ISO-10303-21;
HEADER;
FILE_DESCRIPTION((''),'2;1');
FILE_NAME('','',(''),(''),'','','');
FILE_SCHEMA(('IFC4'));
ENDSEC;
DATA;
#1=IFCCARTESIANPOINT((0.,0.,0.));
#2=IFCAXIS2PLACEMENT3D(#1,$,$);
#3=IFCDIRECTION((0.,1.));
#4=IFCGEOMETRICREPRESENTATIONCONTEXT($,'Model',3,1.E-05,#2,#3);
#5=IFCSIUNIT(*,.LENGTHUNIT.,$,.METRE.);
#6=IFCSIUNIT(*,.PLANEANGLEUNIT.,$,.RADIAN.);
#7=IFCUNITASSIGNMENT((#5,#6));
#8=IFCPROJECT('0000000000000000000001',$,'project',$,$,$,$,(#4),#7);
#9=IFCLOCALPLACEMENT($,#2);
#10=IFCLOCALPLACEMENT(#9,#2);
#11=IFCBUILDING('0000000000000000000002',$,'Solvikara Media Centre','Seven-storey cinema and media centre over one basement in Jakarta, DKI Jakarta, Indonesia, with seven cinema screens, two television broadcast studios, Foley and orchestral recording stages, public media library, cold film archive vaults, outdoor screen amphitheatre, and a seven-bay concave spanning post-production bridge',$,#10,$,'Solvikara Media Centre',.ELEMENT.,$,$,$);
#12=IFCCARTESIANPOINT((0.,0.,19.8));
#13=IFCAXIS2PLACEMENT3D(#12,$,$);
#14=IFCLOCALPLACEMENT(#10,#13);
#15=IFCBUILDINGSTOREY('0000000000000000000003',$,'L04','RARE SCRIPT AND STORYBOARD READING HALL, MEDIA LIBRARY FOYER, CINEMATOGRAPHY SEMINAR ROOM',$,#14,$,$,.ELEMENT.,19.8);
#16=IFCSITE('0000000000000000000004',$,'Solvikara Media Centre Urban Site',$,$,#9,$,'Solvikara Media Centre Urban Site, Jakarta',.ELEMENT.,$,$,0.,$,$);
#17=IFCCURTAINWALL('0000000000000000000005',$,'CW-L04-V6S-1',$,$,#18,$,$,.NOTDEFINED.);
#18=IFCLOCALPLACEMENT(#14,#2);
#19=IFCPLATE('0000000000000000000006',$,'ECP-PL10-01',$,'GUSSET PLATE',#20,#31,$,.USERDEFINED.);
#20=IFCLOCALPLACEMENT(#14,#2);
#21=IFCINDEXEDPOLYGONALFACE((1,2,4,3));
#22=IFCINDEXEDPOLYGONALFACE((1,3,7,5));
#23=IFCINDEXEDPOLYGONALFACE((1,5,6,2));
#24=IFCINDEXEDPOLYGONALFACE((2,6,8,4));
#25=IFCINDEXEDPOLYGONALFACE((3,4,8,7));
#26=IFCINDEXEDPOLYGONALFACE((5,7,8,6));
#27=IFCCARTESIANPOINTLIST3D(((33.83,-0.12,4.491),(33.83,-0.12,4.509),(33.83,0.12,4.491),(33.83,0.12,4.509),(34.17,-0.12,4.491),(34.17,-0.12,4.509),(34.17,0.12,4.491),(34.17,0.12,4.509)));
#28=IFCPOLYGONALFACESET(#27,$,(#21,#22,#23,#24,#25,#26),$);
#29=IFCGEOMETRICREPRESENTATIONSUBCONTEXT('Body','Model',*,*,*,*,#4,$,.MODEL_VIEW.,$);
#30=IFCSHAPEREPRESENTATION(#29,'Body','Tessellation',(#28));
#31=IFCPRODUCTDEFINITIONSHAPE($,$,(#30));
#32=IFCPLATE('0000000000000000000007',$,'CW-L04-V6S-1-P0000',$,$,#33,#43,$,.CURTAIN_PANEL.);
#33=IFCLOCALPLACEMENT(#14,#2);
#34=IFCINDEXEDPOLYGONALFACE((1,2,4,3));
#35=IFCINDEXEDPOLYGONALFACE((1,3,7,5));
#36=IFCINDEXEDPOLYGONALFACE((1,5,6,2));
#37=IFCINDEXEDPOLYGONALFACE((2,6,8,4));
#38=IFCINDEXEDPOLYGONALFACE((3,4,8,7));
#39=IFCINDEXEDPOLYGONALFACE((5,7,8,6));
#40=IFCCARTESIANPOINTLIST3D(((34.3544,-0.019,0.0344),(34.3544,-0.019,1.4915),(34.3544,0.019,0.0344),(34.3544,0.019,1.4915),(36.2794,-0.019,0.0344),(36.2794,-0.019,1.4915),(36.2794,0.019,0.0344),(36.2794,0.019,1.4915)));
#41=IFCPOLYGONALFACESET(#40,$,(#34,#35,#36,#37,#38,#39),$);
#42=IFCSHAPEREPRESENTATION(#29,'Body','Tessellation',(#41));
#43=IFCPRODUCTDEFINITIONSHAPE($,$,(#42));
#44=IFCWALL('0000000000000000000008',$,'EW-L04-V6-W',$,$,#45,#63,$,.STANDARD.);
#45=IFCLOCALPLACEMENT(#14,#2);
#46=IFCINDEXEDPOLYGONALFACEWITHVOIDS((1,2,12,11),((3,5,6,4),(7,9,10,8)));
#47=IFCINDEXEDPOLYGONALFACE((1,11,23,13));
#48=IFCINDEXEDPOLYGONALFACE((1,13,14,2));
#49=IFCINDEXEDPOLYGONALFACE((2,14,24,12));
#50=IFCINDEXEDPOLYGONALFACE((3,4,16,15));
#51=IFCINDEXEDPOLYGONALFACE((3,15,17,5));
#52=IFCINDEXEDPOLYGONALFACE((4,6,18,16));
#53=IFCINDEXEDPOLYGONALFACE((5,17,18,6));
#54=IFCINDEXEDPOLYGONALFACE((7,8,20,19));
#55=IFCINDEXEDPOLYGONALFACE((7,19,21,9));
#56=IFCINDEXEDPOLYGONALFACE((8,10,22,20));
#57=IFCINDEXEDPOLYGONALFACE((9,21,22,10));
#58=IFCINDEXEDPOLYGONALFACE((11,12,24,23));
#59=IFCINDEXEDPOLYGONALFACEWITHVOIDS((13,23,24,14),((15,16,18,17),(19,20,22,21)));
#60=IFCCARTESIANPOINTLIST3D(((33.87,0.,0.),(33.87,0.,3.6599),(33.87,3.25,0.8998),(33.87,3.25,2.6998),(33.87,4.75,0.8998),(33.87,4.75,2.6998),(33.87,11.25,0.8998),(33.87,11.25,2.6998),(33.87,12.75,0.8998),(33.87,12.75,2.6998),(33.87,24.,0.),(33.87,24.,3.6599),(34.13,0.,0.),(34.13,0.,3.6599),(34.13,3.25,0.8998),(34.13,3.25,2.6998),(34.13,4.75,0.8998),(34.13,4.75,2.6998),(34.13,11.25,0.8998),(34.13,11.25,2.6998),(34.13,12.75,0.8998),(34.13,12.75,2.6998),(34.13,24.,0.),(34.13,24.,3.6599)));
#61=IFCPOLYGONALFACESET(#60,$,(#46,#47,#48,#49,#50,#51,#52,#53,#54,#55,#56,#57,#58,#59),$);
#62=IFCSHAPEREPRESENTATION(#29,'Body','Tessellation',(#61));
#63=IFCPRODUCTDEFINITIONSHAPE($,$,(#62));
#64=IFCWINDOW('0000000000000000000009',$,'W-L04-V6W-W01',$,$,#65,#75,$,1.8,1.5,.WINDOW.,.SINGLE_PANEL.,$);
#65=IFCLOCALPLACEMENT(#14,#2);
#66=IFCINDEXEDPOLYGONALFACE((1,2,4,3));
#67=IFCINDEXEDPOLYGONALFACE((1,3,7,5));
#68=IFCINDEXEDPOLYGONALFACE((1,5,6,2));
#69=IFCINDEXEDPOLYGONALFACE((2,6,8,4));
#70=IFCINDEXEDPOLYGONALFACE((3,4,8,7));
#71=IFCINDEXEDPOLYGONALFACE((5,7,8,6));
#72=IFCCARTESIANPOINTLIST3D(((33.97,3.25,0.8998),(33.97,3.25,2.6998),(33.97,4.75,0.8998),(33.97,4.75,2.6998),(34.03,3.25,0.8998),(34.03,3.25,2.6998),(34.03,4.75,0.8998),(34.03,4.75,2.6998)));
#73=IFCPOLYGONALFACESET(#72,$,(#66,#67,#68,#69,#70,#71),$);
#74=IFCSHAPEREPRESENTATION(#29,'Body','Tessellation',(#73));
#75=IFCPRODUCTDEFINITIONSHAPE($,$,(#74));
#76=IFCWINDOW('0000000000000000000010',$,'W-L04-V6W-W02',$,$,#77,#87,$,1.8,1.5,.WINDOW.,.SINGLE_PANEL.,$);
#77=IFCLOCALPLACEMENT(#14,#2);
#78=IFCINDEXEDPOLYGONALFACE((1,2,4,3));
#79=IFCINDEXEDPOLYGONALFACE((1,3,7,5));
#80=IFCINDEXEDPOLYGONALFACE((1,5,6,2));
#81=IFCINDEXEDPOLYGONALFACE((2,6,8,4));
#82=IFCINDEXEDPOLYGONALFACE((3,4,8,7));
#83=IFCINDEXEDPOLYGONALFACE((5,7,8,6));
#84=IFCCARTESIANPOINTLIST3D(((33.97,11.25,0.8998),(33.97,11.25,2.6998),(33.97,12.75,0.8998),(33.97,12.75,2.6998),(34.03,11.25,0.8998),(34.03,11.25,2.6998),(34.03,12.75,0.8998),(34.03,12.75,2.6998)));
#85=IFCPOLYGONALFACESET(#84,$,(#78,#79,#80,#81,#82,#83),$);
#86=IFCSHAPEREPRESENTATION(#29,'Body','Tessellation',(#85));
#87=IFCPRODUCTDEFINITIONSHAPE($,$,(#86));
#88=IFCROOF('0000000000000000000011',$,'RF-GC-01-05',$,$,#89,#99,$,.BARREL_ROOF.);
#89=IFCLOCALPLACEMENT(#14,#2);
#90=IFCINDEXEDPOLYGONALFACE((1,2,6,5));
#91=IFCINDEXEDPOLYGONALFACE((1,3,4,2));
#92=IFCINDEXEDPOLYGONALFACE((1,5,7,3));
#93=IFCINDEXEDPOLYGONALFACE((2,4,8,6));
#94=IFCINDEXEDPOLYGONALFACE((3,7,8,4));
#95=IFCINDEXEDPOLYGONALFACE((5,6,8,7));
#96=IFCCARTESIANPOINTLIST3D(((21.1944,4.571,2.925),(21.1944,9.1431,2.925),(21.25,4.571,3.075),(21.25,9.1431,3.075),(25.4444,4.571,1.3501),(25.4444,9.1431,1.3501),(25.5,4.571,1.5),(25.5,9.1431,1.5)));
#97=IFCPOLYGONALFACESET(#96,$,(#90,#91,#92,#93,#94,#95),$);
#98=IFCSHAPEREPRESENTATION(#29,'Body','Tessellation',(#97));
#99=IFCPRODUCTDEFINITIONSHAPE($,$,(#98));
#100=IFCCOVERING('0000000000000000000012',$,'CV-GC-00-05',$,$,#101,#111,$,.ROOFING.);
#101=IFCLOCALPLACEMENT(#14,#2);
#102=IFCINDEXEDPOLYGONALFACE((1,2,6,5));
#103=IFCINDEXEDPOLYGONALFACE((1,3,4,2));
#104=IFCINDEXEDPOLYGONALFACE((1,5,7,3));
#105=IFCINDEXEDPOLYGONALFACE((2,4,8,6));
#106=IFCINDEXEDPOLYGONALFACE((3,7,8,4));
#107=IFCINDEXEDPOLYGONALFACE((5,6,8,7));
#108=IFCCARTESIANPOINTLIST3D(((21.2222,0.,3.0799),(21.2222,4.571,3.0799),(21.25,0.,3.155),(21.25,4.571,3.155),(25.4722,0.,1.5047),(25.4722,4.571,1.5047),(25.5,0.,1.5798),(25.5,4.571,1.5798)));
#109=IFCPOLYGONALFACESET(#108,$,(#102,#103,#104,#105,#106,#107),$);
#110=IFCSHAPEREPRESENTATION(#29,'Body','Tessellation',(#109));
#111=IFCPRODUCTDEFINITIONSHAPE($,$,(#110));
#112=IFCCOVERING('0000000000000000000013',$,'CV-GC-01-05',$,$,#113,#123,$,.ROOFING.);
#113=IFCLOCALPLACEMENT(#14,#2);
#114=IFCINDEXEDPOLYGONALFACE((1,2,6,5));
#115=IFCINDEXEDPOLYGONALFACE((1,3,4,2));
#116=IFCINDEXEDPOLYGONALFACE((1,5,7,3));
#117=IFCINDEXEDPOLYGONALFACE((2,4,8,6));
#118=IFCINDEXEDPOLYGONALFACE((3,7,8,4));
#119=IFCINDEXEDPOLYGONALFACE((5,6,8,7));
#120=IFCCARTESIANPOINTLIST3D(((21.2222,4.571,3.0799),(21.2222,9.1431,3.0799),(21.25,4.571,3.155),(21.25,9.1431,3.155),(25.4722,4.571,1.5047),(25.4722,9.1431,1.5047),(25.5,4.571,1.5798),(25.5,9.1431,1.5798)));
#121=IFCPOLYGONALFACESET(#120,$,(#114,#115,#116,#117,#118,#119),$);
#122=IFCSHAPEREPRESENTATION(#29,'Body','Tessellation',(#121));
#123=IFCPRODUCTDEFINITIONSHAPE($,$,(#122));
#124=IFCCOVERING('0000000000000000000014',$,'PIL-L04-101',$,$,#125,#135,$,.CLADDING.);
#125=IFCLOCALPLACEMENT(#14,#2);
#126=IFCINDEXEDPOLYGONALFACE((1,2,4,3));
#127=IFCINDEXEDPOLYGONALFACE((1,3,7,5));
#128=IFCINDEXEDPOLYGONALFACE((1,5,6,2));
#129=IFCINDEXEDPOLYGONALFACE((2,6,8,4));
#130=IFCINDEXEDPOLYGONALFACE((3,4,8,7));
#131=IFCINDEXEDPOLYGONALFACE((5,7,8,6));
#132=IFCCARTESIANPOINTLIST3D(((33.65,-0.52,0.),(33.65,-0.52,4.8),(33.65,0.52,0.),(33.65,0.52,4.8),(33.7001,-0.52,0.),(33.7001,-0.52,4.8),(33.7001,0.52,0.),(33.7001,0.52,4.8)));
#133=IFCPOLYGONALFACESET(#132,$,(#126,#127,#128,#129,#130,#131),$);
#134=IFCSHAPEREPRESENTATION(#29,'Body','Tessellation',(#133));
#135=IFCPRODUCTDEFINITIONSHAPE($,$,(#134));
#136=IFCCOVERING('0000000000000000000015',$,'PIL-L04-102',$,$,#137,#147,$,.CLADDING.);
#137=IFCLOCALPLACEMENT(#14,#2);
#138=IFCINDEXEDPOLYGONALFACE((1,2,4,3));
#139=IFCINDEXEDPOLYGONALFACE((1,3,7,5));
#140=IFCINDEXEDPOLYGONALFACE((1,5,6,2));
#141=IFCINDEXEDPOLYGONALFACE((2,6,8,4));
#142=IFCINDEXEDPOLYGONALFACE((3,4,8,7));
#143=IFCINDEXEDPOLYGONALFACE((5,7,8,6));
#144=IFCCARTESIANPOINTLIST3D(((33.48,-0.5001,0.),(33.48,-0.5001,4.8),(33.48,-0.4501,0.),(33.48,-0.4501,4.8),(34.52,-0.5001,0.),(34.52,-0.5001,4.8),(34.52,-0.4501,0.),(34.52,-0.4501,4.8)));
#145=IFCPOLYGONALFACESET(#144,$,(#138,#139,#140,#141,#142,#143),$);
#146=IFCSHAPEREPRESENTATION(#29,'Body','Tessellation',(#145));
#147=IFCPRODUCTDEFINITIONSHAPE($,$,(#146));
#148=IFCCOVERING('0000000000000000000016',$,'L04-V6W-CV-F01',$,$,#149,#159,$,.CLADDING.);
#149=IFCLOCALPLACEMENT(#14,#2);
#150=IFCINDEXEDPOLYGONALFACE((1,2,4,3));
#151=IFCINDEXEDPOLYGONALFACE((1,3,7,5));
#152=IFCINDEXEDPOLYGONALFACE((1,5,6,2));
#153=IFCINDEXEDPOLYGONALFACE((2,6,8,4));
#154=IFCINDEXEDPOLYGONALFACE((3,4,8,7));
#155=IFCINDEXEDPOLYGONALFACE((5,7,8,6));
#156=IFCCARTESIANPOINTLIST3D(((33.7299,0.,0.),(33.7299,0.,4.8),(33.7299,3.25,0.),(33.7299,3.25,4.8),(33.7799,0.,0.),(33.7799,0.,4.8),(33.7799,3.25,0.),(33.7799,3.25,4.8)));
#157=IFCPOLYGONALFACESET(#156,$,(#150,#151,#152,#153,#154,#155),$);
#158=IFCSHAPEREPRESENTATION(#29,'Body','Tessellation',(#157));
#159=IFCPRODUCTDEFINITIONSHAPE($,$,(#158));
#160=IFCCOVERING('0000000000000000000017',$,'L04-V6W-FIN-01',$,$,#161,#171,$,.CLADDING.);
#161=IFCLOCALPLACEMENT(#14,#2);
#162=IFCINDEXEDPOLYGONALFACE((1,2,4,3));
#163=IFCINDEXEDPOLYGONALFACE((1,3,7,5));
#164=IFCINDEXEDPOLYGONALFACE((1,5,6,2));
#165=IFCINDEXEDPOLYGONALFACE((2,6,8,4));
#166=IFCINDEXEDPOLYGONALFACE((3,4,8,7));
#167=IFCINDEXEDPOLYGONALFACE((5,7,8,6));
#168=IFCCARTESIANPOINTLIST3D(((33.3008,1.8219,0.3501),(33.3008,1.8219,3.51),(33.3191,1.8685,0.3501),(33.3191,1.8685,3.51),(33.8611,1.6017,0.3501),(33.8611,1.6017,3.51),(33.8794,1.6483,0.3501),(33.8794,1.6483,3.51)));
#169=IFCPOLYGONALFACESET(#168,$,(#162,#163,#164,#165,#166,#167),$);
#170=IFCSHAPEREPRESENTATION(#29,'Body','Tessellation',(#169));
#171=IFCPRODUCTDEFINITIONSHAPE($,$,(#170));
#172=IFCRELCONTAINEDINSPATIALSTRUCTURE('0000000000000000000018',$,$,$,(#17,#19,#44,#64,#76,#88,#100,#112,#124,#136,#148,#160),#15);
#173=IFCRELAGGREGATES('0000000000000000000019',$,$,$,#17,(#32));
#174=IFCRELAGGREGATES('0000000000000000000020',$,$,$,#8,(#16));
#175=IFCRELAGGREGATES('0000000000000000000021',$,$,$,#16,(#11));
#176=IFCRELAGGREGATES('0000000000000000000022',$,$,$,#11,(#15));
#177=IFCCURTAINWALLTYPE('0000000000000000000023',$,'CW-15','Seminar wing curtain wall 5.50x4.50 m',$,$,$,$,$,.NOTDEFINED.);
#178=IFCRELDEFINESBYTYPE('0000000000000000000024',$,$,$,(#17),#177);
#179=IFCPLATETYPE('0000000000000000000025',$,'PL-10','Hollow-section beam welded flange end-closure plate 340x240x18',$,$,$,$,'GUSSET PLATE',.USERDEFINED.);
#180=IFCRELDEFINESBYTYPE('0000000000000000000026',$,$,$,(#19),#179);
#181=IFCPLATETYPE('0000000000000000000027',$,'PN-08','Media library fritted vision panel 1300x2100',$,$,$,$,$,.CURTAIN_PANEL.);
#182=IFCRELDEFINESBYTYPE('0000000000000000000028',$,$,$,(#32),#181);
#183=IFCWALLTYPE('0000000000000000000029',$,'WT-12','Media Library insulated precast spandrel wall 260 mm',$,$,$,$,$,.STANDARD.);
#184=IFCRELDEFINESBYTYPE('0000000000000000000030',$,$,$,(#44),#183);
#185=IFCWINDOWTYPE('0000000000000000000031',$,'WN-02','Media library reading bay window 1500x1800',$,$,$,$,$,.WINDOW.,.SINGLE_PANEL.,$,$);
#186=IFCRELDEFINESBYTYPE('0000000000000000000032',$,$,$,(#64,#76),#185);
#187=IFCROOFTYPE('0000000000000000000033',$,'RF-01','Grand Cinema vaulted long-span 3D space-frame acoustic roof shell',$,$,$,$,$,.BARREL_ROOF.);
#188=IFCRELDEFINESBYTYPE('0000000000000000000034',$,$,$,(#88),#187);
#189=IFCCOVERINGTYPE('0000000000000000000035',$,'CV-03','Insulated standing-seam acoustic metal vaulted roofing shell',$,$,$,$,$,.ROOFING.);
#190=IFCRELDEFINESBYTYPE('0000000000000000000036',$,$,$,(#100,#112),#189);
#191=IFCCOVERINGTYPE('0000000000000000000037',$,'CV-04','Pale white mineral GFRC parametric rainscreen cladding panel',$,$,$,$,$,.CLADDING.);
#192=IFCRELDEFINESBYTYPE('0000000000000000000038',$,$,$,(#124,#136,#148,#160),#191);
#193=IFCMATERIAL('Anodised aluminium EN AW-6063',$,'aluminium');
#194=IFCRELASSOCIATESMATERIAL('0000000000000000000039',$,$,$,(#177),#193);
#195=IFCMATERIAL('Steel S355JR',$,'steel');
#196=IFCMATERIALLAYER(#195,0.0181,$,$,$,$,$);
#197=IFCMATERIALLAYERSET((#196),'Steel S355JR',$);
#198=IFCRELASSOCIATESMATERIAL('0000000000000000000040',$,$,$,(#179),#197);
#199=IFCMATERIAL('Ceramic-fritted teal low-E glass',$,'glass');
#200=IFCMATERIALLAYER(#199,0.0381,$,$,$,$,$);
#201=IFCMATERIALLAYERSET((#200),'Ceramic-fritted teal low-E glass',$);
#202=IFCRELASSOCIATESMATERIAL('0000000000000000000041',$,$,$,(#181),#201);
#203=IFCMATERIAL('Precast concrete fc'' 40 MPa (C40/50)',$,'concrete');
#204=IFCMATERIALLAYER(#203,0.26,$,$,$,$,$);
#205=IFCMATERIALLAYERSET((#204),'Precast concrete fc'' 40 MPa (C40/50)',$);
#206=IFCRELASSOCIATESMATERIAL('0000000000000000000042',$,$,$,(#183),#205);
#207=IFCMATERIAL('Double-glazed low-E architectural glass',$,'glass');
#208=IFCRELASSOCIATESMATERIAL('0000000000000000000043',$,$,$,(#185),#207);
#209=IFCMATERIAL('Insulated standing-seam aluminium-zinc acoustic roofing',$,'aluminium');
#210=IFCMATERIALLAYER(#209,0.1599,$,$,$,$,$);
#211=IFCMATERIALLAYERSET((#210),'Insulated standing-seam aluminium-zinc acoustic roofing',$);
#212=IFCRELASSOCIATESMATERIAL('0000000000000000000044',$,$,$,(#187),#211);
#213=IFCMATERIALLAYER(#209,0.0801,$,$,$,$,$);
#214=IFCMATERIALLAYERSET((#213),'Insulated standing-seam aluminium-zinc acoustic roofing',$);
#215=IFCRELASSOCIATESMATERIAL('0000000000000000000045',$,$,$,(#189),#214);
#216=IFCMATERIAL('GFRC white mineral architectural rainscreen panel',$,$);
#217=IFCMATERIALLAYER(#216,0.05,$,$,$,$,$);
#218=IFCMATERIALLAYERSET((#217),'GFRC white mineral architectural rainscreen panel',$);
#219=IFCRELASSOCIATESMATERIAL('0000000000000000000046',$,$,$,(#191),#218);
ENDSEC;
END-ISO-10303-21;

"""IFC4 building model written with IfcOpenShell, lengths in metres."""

from ifc_helpers import new_model, si_unit, direction, frame, frame_2d, origin, origin_2d, place, context, subcontext, project, spatial, polyline, rectangle, outline, extrude, material, layer, layer_set, type_object, element, fill, aggregate, save


model = new_model("IFC4")

# Units and contexts
model_context = context("Model", 3, precision=1e-05, world=origin(), true_north=direction((0.0, 1.0)))
body_context = subcontext(model_context, "Body", "Model", "MODEL_VIEW")
ifc_project = project(units=[si_unit("LENGTHUNIT", "METRE"), si_unit("PLANEANGLEUNIT", "RADIAN")], contexts=[model_context])

# Site, building, storey
site_placement = place(None, origin())
site = spatial("IfcSite", under=ifc_project, at=site_placement, Name="Solvikara Media Centre Urban Site", LongName="Solvikara Media Centre Urban Site, Jakarta", CompositionType="ELEMENT", RefElevation=0.0)
building_placement = place(site_placement, origin())
building = spatial("IfcBuilding", under=site, at=building_placement, Name="Solvikara Media Centre", Description="Seven-storey cinema and media centre over one basement in Jakarta, DKI Jakarta, Indonesia, with seven cinema screens, two television broadcast studios, Foley and orchestral recording stages, public media library, cold film archive vaults, outdoor screen amphitheatre, and a seven-bay concave spanning post-production bridge", LongName="Solvikara Media Centre", CompositionType="ELEMENT")
storey_placement = place(building_placement, frame((0.0, 0.0, 19.8)))
storey = spatial("IfcBuildingStorey", under=building, at=storey_placement, Name="L04", Description="RARE SCRIPT AND STORYBOARD READING HALL, MEDIA LIBRARY FOYER, CINEMATOGRAPHY SEMINAR ROOM", CompositionType="ELEMENT", Elevation=19.8)

# Shared definitions
ifc_material_1 = material(Name="Steel S355JR", Category="steel")

# Curtain wall
ifc_material_2 = material(Name="Anodised aluminium EN AW-6063", Category="aluminium")
curtain_wall_type = type_object("IfcCurtainWallType", Name="CW-15", Description="Seminar wing curtain wall 5.50x4.50 m", PredefinedType="NOTDEFINED", material=ifc_material_2)
curtain_wall_placement = place(storey_placement, origin())
curtain_wall = element("IfcCurtainWall", 1, at=curtain_wall_placement, inside=storey, type_object=curtain_wall_type, Name="CW-L04-V6S-1", PredefinedType="NOTDEFINED")

# Plates
ifc_layer_1 = layer(ifc_material_1, 0.0181)
ifc_layer_set_1 = layer_set([ifc_layer_1], Name="Steel S355JR")
plate_type_1 = type_object("IfcPlateType", Name="PL-10", Description="Hollow-section beam welded flange end-closure plate 340x240x18", ElementType="GUSSET PLATE", PredefinedType="USERDEFINED", material=ifc_layer_set_1)
plate_1_placement = place(storey_placement, frame((34.0, 0.0, 4.491), z_axis=(0.0, 0.0, 1.0), x_axis=(1.0, 0.0, 0.0)))
element("IfcPlate", 2, at=plate_1_placement, inside=storey, type_object=plate_type_1, Name="ECP-PL10-01", ObjectType="GUSSET PLATE", PredefinedType="USERDEFINED", context=body_context, shape_type="SweptSolid", body=[
    extrude(rectangle(XDim=0.3401, YDim=0.24, at=origin_2d()), origin(), (0.0, 0.0, 1.0), 0.0181),
])
ifc_material_3 = material(Name="Ceramic-fritted teal low-E glass", Category="glass")
ifc_layer_2 = layer(ifc_material_3, 0.0381)
ifc_layer_set_2 = layer_set([ifc_layer_2], Name="Ceramic-fritted teal low-E glass")
plate_type_2 = type_object("IfcPlateType", Name="PN-08", Description="Media library fritted vision panel 1300x2100", PredefinedType="CURTAIN_PANEL", material=ifc_layer_set_2)
plate_2_placement = place(storey_placement, frame((35.3169, 0.0, 0.0344), z_axis=(0.0, 0.0, 1.0), x_axis=(1.0, 0.0, 0.0)))
plate_2 = element("IfcPlate", 3, at=plate_2_placement, type_object=plate_type_2, Name="CW-L04-V6S-1-P0000", PredefinedType="CURTAIN_PANEL", context=body_context, shape_type="SweptSolid", body=[
    extrude(rectangle(XDim=1.925, YDim=0.0381, at=origin_2d()), origin(), (0.0, 0.0, 1.0), 1.457),
])
aggregate(curtain_wall, [plate_2])

# Wall, openings, windows
ifc_material_4 = material(Name="Precast concrete fc' 40 MPa (C40/50)", Category="concrete")
ifc_layer_3 = layer(ifc_material_4, 0.26)
ifc_layer_set_3 = layer_set([ifc_layer_3], Name="Precast concrete fc' 40 MPa (C40/50)")
wall_type = type_object("IfcWallType", Name="WT-12", Description="Media Library insulated precast spandrel wall 260 mm", PredefinedType="STANDARD", material=ifc_layer_set_3)
wall_placement = place(storey_placement, frame((34.0, 0.0, 0.0), z_axis=(0.0, 0.0, 1.0), x_axis=(0.0, 1.0, 0.0)))
wall = element("IfcWall", 4, at=wall_placement, inside=storey, type_object=wall_type, Name="EW-L04-V6-W", PredefinedType="STANDARD", context=body_context, shape_type="SweptSolid", body=[
    extrude(rectangle(XDim=24.0, YDim=0.26, at=frame_2d((12.0, 0.0))), origin(), (0.0, 0.0, 1.0), 3.6599),
])
opening_1_placement = place(wall_placement, frame((3.25, 0.0, 0.8999)))
opening_1 = element("IfcOpeningElement", 5, at=opening_1_placement, cuts=wall, PredefinedType="OPENING", context=body_context, shape_type="SweptSolid", body=[
    extrude(rectangle(XDim=1.5, YDim=1.8, at=frame_2d((0.75, 0.8999))), frame((0.0, 0.1421, 0.0), z_axis=(0.0, -1.0, 0.0), x_axis=(1.0, 0.0, 0.0)), (0.0, 0.0, 1.0), 0.2839),
])
opening_2_placement = place(wall_placement, frame((11.25, 0.0, 0.8999)))
opening_2 = element("IfcOpeningElement", 6, at=opening_2_placement, cuts=wall, PredefinedType="OPENING", context=body_context, shape_type="SweptSolid", body=[
    extrude(rectangle(XDim=1.5, YDim=1.8, at=frame_2d((0.75, 0.8999))), frame((0.0, 0.1421, 0.0), z_axis=(0.0, -1.0, 0.0), x_axis=(1.0, 0.0, 0.0)), (0.0, 0.0, 1.0), 0.2839),
])
ifc_material_5 = material(Name="Double-glazed low-E architectural glass", Category="glass")
window_type = type_object("IfcWindowType", Name="WN-02", Description="Media library reading bay window 1500x1800", PartitioningType="SINGLE_PANEL", PredefinedType="WINDOW", material=ifc_material_5)
window_1_placement = place(opening_1_placement, origin())
window_1 = element("IfcWindow", 7, at=window_1_placement, inside=storey, type_object=window_type, Name="W-L04-V6W-W01", OverallHeight=1.8, OverallWidth=1.5, PartitioningType="SINGLE_PANEL", PredefinedType="WINDOW", context=body_context, shape_type="SweptSolid", body=[
    extrude(rectangle(XDim=1.5, YDim=1.8, at=frame_2d((0.75, 0.8999))), frame((0.0, 0.03, 0.0), z_axis=(0.0, -1.0, 0.0), x_axis=(1.0, 0.0, 0.0)), (0.0, 0.0, 1.0), 0.0601),
])
fill(opening_1, window_1)
window_2_placement = place(opening_2_placement, origin())
window_2 = element("IfcWindow", 8, at=window_2_placement, inside=storey, type_object=window_type, Name="W-L04-V6W-W02", OverallHeight=1.8, OverallWidth=1.5, PartitioningType="SINGLE_PANEL", PredefinedType="WINDOW", context=body_context, shape_type="SweptSolid", body=[
    extrude(rectangle(XDim=1.5, YDim=1.8, at=frame_2d((0.75, 0.8999))), frame((0.0, 0.03, 0.0), z_axis=(0.0, -1.0, 0.0), x_axis=(1.0, 0.0, 0.0)), (0.0, 0.0, 1.0), 0.0601),
])
fill(opening_2, window_2)

# Roof
ifc_material_6 = material(Name="Insulated standing-seam aluminium-zinc acoustic roofing", Category="aluminium")
ifc_layer_4 = layer(ifc_material_6, 0.1599)
ifc_layer_set_4 = layer_set([ifc_layer_4], Name="Insulated standing-seam aluminium-zinc acoustic roofing")
roof_type = type_object("IfcRoofType", Name="RF-01", Description="Grand Cinema vaulted long-span 3D space-frame acoustic roof shell", PredefinedType="BARREL_ROOF", material=ifc_layer_set_4)
roof_placement = place(storey_placement, frame((21.25, 4.571, 3.075), z_axis=(0.347485, 0.0, 0.937686), x_axis=(0.937686, 0.0, -0.347485)))
element("IfcRoof", 9, at=roof_placement, inside=storey, type_object=roof_type, Name="RF-GC-01-05", PredefinedType="BARREL_ROOF", context=body_context, shape_type="SweptSolid", body=[
    extrude(outline(polyline([(0.0, 0.0), (4.5324, 0.0), (4.5324, 4.572), (0.0, 4.572), (0.0, 0.0)])), origin(), (0.0, 0.0, -1.0), 0.1599),
])

# Coverings
ifc_layer_5 = layer(ifc_material_6, 0.0801)
ifc_layer_set_5 = layer_set([ifc_layer_5], Name="Insulated standing-seam aluminium-zinc acoustic roofing")
covering_type_1 = type_object("IfcCoveringType", Name="CV-03", Description="Insulated standing-seam acoustic metal vaulted roofing shell", PredefinedType="ROOFING", material=ifc_layer_set_5)
covering_1_placement = place(storey_placement, frame((21.25, 0.0, 3.155), z_axis=(0.347532, 0.0, 0.937668), x_axis=(0.937668, 0.0, -0.347532)))
element("IfcCovering", 10, at=covering_1_placement, inside=storey, type_object=covering_type_1, Name="CV-GC-00-05", PredefinedType="ROOFING", context=body_context, shape_type="SweptSolid", body=[
    extrude(outline(polyline([(0.0, 0.0), (4.5325, 0.0), (4.5325, 4.571), (0.0, 4.571), (0.0, 0.0)])), origin(), (0.0, 0.0, -1.0), 0.0801),
])
covering_2_placement = place(storey_placement, frame((21.25, 4.571, 3.155), z_axis=(0.347532, 0.0, 0.937668), x_axis=(0.937668, 0.0, -0.347532)))
element("IfcCovering", 11, at=covering_2_placement, inside=storey, type_object=covering_type_1, Name="CV-GC-01-05", PredefinedType="ROOFING", context=body_context, shape_type="SweptSolid", body=[
    extrude(outline(polyline([(0.0, 0.0), (4.5325, 0.0), (4.5325, 4.572), (0.0, 4.572), (0.0, 0.0)])), origin(), (0.0, 0.0, -1.0), 0.0801),
])
ifc_material_7 = material(Name="GFRC white mineral architectural rainscreen panel")
ifc_layer_6 = layer(ifc_material_7, 0.05)
ifc_layer_set_6 = layer_set([ifc_layer_6], Name="GFRC white mineral architectural rainscreen panel")
covering_type_2 = type_object("IfcCoveringType", Name="CV-04", Description="Pale white mineral GFRC parametric rainscreen cladding panel", PredefinedType="CLADDING", material=ifc_layer_set_6)
for number, where, z_axis, x_axis, name in (
    (12, (33.675, 0.0, 0.0), (0.0, 0.0, 1.0), (0.0, -1.0, 0.0), "PIL-L04-101"),
    (13, (34.0, -0.4751, 0.0), (0.0, 0.0, 1.0), (1.0, 0.0, 0.0), "PIL-L04-102"),
):
    element("IfcCovering", number, at=place(storey_placement, frame(where, z_axis=z_axis, x_axis=x_axis)), inside=storey, type_object=covering_type_2, Name=name, PredefinedType="CLADDING", context=body_context, shape_type="SweptSolid", body=[
        extrude(rectangle(XDim=1.04, YDim=0.05, at=origin_2d()), origin(), (0.0, 0.0, 1.0), 4.8),
    ])
covering_3_placement = place(storey_placement, frame((33.7549, 1.625, 0.0), z_axis=(0.0, 0.0, 1.0), x_axis=(0.0, 1.0, 0.0)))
element("IfcCovering", 14, at=covering_3_placement, inside=storey, type_object=covering_type_2, Name="L04-V6W-CV-F01", PredefinedType="CLADDING", context=body_context, shape_type="SweptSolid", body=[
    extrude(rectangle(XDim=3.25, YDim=0.05, at=origin_2d()), origin(), (0.0, 0.0, 1.0), 4.8),
])
covering_4_placement = place(storey_placement, frame((33.5901, 1.7351, 0.3501), z_axis=(0.0, 0.0, 1.0), x_axis=(-0.93075, 0.365657, 0.0)))
element("IfcCovering", 15, at=covering_4_placement, inside=storey, type_object=covering_type_2, Name="L04-V6W-FIN-01", PredefinedType="CLADDING", context=body_context, shape_type="SweptSolid", body=[
    extrude(rectangle(XDim=0.6021, YDim=0.05, at=origin_2d()), origin(), (0.0, 0.0, 1.0), 3.1599),
])

save(model, "model.ifc")
